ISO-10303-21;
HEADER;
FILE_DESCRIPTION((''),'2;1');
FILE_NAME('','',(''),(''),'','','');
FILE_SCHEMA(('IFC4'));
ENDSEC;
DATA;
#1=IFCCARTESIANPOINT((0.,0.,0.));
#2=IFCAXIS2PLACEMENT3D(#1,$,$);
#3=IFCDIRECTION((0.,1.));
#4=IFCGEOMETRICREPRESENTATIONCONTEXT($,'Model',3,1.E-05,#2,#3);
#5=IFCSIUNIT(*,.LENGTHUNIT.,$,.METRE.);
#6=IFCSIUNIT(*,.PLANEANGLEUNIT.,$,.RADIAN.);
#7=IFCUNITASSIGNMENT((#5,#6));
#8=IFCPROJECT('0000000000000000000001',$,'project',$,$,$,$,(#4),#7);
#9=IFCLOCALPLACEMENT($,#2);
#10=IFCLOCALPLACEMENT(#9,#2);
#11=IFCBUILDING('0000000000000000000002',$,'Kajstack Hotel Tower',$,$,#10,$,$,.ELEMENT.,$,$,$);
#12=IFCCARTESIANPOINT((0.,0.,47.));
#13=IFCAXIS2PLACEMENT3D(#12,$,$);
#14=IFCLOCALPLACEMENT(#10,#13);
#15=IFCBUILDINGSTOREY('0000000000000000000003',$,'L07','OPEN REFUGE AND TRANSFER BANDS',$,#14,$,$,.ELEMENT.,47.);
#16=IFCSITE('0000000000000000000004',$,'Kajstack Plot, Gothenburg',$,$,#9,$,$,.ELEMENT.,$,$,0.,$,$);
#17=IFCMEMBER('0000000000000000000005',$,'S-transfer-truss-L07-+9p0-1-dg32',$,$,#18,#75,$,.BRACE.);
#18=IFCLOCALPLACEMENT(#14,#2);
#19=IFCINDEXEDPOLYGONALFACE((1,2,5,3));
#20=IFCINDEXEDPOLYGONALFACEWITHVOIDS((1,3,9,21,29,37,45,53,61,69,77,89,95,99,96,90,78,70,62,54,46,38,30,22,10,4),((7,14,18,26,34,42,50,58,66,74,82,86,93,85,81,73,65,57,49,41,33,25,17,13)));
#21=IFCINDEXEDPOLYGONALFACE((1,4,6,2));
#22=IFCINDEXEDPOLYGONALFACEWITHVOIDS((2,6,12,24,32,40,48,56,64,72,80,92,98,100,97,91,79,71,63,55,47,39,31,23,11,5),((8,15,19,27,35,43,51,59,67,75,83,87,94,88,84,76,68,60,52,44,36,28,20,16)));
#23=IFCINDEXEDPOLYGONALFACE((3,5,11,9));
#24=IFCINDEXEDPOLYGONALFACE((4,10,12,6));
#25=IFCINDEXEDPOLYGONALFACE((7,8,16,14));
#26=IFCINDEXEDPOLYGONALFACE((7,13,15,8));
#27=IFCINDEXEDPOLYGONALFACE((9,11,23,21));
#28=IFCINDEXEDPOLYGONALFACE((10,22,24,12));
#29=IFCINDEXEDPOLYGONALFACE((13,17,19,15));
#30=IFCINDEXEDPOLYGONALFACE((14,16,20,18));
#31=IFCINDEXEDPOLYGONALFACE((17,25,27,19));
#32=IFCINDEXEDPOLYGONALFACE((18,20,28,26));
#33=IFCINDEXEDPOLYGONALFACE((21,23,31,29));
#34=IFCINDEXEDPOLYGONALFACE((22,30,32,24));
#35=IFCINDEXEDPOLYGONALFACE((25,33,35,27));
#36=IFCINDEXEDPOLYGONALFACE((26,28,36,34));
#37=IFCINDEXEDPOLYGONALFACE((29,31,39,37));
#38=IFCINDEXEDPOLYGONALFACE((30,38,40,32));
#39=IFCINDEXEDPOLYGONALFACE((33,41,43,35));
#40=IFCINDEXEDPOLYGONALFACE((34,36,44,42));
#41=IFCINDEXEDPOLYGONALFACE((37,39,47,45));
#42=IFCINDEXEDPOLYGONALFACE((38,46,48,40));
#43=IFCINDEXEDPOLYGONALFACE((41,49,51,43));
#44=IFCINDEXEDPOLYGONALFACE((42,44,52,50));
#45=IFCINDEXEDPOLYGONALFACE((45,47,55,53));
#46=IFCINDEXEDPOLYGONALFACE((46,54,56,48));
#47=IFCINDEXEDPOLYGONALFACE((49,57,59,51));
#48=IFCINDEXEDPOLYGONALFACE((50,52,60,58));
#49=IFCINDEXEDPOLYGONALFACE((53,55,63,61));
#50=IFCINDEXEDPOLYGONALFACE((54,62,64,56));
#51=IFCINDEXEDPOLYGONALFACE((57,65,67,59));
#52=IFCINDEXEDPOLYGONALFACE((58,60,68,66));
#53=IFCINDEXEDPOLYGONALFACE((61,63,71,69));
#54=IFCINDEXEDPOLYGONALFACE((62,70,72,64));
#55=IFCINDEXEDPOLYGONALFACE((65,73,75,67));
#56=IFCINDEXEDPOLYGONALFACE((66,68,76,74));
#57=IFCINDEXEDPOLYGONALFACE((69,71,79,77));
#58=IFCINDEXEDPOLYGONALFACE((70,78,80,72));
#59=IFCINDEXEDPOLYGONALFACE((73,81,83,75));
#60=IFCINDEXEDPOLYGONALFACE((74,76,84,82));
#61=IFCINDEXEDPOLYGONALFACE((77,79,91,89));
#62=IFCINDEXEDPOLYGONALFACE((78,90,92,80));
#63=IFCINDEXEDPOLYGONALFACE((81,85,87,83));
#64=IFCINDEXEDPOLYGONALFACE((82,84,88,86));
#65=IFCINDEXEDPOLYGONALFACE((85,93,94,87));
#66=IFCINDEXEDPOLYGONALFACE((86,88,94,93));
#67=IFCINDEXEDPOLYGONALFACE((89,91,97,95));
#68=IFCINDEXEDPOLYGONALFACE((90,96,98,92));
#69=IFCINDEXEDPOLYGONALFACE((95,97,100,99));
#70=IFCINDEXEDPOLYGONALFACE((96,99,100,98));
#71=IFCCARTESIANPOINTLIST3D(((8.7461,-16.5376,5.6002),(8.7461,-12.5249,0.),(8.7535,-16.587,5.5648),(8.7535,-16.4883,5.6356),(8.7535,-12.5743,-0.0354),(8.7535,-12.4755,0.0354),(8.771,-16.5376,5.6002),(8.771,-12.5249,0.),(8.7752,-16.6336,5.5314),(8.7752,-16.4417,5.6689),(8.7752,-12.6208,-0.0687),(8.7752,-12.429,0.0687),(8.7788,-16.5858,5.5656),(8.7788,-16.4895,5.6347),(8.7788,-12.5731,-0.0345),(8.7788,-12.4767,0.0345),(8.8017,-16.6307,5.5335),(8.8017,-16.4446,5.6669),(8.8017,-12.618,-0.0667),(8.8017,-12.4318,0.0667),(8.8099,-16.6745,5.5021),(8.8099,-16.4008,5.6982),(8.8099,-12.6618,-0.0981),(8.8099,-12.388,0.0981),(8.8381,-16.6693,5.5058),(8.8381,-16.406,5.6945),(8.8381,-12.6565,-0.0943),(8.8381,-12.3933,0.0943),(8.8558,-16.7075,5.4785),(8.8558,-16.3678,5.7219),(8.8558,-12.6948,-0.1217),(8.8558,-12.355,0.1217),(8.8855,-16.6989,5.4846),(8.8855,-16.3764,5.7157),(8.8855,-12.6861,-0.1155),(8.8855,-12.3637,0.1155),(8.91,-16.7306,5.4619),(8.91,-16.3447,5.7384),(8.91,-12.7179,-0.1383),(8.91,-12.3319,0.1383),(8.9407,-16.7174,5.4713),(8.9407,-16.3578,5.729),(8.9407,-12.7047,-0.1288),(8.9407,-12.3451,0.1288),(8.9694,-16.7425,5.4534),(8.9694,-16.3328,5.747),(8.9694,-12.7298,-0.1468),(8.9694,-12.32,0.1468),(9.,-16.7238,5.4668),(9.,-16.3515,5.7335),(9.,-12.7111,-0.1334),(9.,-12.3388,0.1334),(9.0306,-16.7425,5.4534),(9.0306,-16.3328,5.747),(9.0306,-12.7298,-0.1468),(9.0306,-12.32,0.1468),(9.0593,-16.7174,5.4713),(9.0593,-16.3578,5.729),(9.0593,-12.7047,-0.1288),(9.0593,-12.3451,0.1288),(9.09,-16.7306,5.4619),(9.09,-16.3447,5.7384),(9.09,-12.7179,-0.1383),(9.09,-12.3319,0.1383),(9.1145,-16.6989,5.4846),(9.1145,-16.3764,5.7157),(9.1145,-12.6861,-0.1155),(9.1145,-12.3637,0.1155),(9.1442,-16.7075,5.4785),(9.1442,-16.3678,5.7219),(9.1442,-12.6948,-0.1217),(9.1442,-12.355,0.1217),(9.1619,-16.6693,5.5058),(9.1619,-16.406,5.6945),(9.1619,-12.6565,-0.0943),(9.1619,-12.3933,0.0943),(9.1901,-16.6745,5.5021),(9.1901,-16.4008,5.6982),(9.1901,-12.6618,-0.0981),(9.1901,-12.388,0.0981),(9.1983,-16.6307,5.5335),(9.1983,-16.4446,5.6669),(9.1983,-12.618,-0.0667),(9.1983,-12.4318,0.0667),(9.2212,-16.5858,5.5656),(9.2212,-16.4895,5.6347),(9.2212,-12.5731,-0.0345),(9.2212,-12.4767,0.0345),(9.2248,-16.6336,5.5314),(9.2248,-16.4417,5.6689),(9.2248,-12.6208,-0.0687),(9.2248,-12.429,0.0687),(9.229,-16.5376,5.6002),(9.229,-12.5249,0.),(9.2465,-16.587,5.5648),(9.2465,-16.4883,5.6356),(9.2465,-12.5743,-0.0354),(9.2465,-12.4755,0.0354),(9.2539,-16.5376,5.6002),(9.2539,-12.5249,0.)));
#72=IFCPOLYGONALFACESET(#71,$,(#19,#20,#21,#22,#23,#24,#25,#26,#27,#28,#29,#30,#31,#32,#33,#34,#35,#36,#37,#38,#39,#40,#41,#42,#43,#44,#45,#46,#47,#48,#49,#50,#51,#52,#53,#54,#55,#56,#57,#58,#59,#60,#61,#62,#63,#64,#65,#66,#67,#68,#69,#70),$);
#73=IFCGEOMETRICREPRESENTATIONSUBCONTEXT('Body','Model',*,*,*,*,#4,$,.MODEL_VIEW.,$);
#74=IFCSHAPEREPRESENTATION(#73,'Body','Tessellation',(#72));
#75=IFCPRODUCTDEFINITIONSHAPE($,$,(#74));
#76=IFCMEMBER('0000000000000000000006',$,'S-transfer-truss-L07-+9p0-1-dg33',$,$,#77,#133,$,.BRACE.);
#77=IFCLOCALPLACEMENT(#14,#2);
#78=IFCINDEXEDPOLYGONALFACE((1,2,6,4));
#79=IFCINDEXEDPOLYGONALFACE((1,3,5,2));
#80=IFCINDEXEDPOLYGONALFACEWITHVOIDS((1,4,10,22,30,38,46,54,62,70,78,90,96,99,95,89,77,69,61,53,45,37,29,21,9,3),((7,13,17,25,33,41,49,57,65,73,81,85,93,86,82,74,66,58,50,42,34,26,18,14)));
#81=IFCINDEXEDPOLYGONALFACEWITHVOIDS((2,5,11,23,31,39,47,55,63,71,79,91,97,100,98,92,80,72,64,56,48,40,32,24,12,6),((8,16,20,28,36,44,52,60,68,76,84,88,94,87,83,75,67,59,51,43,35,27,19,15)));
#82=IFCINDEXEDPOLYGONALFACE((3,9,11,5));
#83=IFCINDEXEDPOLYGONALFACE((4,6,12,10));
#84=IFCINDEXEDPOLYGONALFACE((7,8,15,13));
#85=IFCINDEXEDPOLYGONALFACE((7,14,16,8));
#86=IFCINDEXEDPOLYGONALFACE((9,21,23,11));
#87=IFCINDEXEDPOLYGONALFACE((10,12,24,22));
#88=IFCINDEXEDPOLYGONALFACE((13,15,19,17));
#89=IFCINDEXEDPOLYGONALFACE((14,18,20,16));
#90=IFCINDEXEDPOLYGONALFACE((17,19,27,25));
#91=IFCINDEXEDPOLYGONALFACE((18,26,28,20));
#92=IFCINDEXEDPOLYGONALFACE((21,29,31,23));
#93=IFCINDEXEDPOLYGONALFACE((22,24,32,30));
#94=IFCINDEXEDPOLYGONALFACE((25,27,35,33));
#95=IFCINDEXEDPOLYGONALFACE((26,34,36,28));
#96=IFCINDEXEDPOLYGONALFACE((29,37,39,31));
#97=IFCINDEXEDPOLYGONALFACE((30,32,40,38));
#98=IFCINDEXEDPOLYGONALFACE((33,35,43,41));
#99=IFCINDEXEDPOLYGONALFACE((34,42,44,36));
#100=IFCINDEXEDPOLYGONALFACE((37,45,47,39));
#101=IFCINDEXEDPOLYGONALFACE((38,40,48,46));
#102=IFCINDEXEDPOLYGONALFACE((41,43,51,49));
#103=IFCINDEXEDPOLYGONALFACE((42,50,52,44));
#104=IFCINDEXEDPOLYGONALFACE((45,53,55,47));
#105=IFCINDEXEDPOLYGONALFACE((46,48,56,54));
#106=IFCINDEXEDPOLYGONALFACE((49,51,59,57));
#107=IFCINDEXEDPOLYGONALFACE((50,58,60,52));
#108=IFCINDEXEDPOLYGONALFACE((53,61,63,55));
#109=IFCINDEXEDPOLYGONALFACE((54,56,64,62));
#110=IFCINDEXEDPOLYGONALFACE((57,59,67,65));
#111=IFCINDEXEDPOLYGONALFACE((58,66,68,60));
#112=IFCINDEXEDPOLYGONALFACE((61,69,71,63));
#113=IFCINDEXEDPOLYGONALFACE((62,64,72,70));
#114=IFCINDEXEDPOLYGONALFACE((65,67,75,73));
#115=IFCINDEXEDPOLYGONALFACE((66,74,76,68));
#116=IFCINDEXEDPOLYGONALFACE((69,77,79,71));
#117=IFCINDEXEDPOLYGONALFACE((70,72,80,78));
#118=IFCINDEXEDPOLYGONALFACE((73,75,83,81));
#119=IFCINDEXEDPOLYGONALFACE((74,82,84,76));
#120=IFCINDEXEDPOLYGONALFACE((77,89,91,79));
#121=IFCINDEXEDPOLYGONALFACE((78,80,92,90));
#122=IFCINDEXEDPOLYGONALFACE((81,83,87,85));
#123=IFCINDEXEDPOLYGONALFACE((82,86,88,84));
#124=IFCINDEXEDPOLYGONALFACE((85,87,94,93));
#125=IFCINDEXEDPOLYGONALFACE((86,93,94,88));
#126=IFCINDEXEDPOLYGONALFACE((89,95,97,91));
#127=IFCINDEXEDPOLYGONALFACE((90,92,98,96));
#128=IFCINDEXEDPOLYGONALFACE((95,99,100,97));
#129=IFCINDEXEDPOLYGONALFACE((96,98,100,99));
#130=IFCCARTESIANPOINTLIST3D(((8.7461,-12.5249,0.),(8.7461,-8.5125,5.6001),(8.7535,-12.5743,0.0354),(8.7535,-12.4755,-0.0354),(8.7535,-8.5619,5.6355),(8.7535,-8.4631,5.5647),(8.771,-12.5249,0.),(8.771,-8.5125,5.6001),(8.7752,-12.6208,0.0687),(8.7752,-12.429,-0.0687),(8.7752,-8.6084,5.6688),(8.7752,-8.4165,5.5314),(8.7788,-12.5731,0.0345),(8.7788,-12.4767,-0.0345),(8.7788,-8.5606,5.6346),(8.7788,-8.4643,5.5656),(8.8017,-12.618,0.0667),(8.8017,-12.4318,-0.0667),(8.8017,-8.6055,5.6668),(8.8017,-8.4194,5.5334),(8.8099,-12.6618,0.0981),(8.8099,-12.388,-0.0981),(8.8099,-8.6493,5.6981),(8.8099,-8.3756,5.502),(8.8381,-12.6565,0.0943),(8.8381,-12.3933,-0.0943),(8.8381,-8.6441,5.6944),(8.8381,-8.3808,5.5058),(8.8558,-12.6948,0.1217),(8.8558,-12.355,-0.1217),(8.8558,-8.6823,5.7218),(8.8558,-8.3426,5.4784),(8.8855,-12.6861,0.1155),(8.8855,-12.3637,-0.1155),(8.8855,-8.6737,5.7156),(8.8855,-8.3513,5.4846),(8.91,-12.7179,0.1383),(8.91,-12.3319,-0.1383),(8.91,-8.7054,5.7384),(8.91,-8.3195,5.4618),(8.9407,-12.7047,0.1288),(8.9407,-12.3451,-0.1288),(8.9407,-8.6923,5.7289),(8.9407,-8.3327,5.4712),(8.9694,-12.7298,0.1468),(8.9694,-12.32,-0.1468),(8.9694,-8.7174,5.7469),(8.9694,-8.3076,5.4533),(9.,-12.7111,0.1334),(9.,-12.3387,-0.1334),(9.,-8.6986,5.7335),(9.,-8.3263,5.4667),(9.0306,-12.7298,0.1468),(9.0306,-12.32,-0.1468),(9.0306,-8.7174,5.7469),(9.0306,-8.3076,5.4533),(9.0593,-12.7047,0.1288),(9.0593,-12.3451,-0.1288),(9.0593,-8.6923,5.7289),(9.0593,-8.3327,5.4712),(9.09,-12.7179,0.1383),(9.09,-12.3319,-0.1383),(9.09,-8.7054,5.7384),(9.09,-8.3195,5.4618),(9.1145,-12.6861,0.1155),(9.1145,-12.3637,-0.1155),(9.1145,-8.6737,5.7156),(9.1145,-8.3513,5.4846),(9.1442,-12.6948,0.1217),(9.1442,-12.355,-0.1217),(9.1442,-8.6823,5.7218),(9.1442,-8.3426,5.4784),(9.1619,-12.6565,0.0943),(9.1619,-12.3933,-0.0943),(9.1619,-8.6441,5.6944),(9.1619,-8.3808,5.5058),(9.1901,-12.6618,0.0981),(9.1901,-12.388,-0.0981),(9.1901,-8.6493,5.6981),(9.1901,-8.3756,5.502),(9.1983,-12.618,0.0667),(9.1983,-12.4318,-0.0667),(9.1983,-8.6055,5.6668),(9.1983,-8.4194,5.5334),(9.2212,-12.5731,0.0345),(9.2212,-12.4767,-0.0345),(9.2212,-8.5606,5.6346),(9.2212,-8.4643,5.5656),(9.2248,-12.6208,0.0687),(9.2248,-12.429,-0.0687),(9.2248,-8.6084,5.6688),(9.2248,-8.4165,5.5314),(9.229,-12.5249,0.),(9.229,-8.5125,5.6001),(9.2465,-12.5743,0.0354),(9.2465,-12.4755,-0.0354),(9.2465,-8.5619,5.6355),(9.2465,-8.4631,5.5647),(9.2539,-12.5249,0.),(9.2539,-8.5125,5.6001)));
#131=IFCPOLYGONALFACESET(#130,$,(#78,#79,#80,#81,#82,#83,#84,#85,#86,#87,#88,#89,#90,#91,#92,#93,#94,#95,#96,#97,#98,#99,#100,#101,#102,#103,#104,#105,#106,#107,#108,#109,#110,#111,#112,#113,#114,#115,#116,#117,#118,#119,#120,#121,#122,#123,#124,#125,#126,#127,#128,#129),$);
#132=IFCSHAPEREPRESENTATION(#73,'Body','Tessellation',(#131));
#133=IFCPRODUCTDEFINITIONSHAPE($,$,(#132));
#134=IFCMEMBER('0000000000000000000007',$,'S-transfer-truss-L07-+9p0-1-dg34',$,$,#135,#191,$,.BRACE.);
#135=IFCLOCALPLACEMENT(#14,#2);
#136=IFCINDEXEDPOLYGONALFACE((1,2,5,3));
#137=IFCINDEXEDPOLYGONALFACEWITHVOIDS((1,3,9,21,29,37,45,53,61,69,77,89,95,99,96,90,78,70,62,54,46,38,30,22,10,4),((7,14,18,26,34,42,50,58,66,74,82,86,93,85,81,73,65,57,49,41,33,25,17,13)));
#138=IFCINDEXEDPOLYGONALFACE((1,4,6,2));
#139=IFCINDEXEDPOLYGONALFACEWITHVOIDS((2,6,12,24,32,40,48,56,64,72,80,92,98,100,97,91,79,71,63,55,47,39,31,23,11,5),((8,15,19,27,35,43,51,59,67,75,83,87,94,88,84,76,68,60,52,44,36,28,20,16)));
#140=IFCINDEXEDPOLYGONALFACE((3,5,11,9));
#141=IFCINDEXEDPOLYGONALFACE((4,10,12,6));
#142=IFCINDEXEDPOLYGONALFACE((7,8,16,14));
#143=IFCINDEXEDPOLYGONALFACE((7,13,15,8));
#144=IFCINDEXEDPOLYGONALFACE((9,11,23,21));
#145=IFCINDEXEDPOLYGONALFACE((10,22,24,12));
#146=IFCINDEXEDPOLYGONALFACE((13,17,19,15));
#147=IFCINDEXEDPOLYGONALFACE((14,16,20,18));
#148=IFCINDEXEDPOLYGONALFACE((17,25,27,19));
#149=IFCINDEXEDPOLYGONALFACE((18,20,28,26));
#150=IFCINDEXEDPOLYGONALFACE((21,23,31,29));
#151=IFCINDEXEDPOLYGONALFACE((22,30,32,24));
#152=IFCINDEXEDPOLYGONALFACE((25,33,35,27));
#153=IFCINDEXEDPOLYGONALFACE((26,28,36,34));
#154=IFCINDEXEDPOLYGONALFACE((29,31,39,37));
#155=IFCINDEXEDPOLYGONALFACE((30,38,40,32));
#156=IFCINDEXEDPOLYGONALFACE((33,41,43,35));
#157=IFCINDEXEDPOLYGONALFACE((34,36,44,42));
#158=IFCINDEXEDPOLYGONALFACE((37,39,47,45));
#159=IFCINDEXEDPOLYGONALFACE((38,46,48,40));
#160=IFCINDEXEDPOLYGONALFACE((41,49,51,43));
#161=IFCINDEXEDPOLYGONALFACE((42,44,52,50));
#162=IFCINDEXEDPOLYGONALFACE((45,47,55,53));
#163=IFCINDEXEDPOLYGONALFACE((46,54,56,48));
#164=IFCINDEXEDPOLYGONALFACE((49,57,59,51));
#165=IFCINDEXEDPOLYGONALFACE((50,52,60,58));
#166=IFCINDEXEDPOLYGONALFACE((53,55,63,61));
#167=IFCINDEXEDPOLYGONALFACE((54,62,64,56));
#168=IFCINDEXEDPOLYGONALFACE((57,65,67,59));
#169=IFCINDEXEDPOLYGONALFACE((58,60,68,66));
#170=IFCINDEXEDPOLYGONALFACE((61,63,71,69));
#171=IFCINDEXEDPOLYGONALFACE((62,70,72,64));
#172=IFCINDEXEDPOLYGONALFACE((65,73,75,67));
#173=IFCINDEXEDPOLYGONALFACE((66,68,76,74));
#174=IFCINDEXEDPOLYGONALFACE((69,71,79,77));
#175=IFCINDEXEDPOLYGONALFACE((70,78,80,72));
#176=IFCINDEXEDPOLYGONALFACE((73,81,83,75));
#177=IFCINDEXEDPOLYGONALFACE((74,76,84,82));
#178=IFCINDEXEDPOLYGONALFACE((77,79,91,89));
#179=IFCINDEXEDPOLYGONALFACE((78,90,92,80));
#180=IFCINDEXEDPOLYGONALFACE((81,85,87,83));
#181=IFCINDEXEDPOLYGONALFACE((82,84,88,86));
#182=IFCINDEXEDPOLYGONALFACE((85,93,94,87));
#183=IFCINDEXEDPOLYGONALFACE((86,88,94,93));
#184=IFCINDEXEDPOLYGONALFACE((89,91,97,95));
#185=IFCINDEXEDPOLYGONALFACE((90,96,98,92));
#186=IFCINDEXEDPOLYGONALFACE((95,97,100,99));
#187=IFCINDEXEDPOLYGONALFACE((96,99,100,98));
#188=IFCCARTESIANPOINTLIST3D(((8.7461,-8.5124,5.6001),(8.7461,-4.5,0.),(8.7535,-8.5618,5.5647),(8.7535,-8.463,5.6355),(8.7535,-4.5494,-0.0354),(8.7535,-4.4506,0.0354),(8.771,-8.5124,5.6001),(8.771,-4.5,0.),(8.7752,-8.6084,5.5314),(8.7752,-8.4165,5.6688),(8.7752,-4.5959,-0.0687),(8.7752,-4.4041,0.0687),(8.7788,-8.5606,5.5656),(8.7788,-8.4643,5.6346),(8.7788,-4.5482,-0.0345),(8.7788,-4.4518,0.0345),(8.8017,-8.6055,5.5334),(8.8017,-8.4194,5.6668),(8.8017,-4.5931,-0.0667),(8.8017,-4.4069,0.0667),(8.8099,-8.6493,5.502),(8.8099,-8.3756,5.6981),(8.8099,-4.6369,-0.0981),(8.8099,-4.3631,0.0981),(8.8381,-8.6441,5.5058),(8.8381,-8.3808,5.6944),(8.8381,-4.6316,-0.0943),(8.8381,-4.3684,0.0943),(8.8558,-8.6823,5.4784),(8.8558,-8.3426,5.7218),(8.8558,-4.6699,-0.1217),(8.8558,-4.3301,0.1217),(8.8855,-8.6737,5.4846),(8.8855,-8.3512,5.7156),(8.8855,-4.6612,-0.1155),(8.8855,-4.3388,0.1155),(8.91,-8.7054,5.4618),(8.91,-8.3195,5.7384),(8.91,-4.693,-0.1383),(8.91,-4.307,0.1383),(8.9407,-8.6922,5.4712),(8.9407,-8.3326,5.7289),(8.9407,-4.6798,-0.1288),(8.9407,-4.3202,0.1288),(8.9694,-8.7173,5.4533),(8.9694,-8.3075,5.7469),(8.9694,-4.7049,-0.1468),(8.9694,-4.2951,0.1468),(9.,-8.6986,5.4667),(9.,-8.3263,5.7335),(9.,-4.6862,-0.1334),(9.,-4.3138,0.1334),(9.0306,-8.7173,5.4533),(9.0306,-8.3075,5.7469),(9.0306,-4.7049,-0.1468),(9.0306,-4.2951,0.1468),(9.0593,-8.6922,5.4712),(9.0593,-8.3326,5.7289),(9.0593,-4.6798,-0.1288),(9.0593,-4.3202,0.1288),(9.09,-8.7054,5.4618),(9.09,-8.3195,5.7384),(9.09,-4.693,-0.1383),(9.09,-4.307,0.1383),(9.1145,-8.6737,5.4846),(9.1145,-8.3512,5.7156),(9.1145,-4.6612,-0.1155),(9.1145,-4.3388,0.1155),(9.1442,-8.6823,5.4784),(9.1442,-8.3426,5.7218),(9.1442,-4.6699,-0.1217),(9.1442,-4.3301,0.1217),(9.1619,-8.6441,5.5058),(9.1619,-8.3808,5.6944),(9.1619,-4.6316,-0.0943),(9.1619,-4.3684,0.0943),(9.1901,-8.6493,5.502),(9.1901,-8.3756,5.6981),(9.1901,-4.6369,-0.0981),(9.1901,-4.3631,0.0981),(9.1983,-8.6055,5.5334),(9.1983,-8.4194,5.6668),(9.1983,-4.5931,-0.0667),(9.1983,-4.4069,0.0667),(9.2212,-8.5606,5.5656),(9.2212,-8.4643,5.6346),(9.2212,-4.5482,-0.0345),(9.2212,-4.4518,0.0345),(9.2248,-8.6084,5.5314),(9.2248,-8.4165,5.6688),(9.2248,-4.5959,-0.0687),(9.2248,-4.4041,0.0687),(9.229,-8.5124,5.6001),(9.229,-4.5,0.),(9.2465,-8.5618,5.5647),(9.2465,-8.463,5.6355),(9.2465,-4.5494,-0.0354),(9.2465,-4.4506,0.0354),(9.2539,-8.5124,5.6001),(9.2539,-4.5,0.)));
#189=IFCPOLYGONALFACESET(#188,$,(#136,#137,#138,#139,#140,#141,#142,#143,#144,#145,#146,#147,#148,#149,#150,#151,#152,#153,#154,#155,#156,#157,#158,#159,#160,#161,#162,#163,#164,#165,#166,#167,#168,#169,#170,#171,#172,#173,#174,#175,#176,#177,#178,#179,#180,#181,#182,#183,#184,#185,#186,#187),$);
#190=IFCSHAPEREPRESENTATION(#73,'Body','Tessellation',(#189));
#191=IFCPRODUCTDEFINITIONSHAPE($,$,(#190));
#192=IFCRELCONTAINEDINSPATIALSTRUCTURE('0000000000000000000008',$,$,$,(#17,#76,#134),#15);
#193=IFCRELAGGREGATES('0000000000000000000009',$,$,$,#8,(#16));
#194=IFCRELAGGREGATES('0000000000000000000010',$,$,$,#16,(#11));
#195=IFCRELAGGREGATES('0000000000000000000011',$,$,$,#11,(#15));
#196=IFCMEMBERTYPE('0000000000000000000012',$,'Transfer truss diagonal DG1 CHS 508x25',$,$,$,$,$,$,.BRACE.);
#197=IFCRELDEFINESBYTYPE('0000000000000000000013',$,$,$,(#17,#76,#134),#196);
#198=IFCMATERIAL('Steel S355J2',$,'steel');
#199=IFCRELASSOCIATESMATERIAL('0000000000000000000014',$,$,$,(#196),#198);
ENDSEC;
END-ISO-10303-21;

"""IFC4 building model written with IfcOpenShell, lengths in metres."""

from ifc_helpers import new_model, si_unit, direction, frame, origin, origin_2d, place, context, subcontext, project, spatial, hollow_circle, extrude, material, material_profile, profile_set, type_object, element, save


model = new_model("IFC4")

# Units and contexts
model_context = context("Model", 3, precision=1e-05, world=origin(), true_north=direction((0.0, 1.0)))
body_context = subcontext(model_context, "Body", "Model", "MODEL_VIEW")
ifc_project = project(units=[si_unit("LENGTHUNIT", "METRE"), si_unit("PLANEANGLEUNIT", "RADIAN")], contexts=[model_context])

# Site, building, storey
site_placement = place(None, origin())
site = spatial("IfcSite", under=ifc_project, at=site_placement, Name="Kajstack Plot, Gothenburg", CompositionType="ELEMENT", RefElevation=0.0)
building_placement = place(site_placement, origin())
building = spatial("IfcBuilding", under=site, at=building_placement, Name="Kajstack Hotel Tower", CompositionType="ELEMENT")
storey_placement = place(building_placement, frame((0.0, 0.0, 47.0)))
storey = spatial("IfcBuildingStorey", under=building, at=storey_placement, Name="L07", Description="OPEN REFUGE AND TRANSFER BANDS", CompositionType="ELEMENT", Elevation=47.0)

# Members
ifc_material_1 = material(Name="Steel S355J2", Category="steel")
ifc_material_profile_1 = material_profile(ifc_material_1, hollow_circle(Radius=0.2539, WallThickness=0.0249, at=origin_2d()), Name="CHS 508x25")
ifc_profile_set_1 = profile_set([ifc_material_profile_1], Name="Steel S355J2")
member_type_1 = type_object("IfcMemberType", Name="Transfer truss diagonal DG1 CHS 508x25", PredefinedType="BRACE", material=ifc_profile_set_1)
member_1_placement = place(storey_placement, frame((9.0, -12.5249, 0.0), z_axis=(0.0, -0.582451, 0.812866), x_axis=(1.0, 0.0, 0.0)))
element("IfcMember", 1, at=member_1_placement, inside=storey, type_object=member_type_1, Name="S-transfer-truss-L07-+9p0-1-dg32", PredefinedType="BRACE", context=body_context, shape_type="SweptSolid", body=[
    extrude(hollow_circle(Radius=0.2539, WallThickness=0.0249, at=origin_2d()), origin(), (0.0, 0.0, 1.0), 6.8894),
])
for number, where, z_axis, x_axis, name in (
    (2, (9.0, -12.5249, 0.0), (0.0, 0.582428, 0.812883), (-1.0, 0.0, 0.0), "S-transfer-truss-L07-+9p0-1-dg33"),
    (3, (9.0, -4.5, 0.0), (0.0, -0.582428, 0.812883), (1.0, 0.0, 0.0), "S-transfer-truss-L07-+9p0-1-dg34"),
):
    element("IfcMember", number, at=place(storey_placement, frame(where, z_axis=z_axis, x_axis=x_axis)), inside=storey, type_object=member_type_1, Name=name, PredefinedType="BRACE", context=body_context, shape_type="SweptSolid", body=[
        extrude(hollow_circle(Radius=0.2539, WallThickness=0.0249, at=origin_2d()), origin(), (0.0, 0.0, 1.0), 6.8892),
    ])

save(model, "model.ifc")
